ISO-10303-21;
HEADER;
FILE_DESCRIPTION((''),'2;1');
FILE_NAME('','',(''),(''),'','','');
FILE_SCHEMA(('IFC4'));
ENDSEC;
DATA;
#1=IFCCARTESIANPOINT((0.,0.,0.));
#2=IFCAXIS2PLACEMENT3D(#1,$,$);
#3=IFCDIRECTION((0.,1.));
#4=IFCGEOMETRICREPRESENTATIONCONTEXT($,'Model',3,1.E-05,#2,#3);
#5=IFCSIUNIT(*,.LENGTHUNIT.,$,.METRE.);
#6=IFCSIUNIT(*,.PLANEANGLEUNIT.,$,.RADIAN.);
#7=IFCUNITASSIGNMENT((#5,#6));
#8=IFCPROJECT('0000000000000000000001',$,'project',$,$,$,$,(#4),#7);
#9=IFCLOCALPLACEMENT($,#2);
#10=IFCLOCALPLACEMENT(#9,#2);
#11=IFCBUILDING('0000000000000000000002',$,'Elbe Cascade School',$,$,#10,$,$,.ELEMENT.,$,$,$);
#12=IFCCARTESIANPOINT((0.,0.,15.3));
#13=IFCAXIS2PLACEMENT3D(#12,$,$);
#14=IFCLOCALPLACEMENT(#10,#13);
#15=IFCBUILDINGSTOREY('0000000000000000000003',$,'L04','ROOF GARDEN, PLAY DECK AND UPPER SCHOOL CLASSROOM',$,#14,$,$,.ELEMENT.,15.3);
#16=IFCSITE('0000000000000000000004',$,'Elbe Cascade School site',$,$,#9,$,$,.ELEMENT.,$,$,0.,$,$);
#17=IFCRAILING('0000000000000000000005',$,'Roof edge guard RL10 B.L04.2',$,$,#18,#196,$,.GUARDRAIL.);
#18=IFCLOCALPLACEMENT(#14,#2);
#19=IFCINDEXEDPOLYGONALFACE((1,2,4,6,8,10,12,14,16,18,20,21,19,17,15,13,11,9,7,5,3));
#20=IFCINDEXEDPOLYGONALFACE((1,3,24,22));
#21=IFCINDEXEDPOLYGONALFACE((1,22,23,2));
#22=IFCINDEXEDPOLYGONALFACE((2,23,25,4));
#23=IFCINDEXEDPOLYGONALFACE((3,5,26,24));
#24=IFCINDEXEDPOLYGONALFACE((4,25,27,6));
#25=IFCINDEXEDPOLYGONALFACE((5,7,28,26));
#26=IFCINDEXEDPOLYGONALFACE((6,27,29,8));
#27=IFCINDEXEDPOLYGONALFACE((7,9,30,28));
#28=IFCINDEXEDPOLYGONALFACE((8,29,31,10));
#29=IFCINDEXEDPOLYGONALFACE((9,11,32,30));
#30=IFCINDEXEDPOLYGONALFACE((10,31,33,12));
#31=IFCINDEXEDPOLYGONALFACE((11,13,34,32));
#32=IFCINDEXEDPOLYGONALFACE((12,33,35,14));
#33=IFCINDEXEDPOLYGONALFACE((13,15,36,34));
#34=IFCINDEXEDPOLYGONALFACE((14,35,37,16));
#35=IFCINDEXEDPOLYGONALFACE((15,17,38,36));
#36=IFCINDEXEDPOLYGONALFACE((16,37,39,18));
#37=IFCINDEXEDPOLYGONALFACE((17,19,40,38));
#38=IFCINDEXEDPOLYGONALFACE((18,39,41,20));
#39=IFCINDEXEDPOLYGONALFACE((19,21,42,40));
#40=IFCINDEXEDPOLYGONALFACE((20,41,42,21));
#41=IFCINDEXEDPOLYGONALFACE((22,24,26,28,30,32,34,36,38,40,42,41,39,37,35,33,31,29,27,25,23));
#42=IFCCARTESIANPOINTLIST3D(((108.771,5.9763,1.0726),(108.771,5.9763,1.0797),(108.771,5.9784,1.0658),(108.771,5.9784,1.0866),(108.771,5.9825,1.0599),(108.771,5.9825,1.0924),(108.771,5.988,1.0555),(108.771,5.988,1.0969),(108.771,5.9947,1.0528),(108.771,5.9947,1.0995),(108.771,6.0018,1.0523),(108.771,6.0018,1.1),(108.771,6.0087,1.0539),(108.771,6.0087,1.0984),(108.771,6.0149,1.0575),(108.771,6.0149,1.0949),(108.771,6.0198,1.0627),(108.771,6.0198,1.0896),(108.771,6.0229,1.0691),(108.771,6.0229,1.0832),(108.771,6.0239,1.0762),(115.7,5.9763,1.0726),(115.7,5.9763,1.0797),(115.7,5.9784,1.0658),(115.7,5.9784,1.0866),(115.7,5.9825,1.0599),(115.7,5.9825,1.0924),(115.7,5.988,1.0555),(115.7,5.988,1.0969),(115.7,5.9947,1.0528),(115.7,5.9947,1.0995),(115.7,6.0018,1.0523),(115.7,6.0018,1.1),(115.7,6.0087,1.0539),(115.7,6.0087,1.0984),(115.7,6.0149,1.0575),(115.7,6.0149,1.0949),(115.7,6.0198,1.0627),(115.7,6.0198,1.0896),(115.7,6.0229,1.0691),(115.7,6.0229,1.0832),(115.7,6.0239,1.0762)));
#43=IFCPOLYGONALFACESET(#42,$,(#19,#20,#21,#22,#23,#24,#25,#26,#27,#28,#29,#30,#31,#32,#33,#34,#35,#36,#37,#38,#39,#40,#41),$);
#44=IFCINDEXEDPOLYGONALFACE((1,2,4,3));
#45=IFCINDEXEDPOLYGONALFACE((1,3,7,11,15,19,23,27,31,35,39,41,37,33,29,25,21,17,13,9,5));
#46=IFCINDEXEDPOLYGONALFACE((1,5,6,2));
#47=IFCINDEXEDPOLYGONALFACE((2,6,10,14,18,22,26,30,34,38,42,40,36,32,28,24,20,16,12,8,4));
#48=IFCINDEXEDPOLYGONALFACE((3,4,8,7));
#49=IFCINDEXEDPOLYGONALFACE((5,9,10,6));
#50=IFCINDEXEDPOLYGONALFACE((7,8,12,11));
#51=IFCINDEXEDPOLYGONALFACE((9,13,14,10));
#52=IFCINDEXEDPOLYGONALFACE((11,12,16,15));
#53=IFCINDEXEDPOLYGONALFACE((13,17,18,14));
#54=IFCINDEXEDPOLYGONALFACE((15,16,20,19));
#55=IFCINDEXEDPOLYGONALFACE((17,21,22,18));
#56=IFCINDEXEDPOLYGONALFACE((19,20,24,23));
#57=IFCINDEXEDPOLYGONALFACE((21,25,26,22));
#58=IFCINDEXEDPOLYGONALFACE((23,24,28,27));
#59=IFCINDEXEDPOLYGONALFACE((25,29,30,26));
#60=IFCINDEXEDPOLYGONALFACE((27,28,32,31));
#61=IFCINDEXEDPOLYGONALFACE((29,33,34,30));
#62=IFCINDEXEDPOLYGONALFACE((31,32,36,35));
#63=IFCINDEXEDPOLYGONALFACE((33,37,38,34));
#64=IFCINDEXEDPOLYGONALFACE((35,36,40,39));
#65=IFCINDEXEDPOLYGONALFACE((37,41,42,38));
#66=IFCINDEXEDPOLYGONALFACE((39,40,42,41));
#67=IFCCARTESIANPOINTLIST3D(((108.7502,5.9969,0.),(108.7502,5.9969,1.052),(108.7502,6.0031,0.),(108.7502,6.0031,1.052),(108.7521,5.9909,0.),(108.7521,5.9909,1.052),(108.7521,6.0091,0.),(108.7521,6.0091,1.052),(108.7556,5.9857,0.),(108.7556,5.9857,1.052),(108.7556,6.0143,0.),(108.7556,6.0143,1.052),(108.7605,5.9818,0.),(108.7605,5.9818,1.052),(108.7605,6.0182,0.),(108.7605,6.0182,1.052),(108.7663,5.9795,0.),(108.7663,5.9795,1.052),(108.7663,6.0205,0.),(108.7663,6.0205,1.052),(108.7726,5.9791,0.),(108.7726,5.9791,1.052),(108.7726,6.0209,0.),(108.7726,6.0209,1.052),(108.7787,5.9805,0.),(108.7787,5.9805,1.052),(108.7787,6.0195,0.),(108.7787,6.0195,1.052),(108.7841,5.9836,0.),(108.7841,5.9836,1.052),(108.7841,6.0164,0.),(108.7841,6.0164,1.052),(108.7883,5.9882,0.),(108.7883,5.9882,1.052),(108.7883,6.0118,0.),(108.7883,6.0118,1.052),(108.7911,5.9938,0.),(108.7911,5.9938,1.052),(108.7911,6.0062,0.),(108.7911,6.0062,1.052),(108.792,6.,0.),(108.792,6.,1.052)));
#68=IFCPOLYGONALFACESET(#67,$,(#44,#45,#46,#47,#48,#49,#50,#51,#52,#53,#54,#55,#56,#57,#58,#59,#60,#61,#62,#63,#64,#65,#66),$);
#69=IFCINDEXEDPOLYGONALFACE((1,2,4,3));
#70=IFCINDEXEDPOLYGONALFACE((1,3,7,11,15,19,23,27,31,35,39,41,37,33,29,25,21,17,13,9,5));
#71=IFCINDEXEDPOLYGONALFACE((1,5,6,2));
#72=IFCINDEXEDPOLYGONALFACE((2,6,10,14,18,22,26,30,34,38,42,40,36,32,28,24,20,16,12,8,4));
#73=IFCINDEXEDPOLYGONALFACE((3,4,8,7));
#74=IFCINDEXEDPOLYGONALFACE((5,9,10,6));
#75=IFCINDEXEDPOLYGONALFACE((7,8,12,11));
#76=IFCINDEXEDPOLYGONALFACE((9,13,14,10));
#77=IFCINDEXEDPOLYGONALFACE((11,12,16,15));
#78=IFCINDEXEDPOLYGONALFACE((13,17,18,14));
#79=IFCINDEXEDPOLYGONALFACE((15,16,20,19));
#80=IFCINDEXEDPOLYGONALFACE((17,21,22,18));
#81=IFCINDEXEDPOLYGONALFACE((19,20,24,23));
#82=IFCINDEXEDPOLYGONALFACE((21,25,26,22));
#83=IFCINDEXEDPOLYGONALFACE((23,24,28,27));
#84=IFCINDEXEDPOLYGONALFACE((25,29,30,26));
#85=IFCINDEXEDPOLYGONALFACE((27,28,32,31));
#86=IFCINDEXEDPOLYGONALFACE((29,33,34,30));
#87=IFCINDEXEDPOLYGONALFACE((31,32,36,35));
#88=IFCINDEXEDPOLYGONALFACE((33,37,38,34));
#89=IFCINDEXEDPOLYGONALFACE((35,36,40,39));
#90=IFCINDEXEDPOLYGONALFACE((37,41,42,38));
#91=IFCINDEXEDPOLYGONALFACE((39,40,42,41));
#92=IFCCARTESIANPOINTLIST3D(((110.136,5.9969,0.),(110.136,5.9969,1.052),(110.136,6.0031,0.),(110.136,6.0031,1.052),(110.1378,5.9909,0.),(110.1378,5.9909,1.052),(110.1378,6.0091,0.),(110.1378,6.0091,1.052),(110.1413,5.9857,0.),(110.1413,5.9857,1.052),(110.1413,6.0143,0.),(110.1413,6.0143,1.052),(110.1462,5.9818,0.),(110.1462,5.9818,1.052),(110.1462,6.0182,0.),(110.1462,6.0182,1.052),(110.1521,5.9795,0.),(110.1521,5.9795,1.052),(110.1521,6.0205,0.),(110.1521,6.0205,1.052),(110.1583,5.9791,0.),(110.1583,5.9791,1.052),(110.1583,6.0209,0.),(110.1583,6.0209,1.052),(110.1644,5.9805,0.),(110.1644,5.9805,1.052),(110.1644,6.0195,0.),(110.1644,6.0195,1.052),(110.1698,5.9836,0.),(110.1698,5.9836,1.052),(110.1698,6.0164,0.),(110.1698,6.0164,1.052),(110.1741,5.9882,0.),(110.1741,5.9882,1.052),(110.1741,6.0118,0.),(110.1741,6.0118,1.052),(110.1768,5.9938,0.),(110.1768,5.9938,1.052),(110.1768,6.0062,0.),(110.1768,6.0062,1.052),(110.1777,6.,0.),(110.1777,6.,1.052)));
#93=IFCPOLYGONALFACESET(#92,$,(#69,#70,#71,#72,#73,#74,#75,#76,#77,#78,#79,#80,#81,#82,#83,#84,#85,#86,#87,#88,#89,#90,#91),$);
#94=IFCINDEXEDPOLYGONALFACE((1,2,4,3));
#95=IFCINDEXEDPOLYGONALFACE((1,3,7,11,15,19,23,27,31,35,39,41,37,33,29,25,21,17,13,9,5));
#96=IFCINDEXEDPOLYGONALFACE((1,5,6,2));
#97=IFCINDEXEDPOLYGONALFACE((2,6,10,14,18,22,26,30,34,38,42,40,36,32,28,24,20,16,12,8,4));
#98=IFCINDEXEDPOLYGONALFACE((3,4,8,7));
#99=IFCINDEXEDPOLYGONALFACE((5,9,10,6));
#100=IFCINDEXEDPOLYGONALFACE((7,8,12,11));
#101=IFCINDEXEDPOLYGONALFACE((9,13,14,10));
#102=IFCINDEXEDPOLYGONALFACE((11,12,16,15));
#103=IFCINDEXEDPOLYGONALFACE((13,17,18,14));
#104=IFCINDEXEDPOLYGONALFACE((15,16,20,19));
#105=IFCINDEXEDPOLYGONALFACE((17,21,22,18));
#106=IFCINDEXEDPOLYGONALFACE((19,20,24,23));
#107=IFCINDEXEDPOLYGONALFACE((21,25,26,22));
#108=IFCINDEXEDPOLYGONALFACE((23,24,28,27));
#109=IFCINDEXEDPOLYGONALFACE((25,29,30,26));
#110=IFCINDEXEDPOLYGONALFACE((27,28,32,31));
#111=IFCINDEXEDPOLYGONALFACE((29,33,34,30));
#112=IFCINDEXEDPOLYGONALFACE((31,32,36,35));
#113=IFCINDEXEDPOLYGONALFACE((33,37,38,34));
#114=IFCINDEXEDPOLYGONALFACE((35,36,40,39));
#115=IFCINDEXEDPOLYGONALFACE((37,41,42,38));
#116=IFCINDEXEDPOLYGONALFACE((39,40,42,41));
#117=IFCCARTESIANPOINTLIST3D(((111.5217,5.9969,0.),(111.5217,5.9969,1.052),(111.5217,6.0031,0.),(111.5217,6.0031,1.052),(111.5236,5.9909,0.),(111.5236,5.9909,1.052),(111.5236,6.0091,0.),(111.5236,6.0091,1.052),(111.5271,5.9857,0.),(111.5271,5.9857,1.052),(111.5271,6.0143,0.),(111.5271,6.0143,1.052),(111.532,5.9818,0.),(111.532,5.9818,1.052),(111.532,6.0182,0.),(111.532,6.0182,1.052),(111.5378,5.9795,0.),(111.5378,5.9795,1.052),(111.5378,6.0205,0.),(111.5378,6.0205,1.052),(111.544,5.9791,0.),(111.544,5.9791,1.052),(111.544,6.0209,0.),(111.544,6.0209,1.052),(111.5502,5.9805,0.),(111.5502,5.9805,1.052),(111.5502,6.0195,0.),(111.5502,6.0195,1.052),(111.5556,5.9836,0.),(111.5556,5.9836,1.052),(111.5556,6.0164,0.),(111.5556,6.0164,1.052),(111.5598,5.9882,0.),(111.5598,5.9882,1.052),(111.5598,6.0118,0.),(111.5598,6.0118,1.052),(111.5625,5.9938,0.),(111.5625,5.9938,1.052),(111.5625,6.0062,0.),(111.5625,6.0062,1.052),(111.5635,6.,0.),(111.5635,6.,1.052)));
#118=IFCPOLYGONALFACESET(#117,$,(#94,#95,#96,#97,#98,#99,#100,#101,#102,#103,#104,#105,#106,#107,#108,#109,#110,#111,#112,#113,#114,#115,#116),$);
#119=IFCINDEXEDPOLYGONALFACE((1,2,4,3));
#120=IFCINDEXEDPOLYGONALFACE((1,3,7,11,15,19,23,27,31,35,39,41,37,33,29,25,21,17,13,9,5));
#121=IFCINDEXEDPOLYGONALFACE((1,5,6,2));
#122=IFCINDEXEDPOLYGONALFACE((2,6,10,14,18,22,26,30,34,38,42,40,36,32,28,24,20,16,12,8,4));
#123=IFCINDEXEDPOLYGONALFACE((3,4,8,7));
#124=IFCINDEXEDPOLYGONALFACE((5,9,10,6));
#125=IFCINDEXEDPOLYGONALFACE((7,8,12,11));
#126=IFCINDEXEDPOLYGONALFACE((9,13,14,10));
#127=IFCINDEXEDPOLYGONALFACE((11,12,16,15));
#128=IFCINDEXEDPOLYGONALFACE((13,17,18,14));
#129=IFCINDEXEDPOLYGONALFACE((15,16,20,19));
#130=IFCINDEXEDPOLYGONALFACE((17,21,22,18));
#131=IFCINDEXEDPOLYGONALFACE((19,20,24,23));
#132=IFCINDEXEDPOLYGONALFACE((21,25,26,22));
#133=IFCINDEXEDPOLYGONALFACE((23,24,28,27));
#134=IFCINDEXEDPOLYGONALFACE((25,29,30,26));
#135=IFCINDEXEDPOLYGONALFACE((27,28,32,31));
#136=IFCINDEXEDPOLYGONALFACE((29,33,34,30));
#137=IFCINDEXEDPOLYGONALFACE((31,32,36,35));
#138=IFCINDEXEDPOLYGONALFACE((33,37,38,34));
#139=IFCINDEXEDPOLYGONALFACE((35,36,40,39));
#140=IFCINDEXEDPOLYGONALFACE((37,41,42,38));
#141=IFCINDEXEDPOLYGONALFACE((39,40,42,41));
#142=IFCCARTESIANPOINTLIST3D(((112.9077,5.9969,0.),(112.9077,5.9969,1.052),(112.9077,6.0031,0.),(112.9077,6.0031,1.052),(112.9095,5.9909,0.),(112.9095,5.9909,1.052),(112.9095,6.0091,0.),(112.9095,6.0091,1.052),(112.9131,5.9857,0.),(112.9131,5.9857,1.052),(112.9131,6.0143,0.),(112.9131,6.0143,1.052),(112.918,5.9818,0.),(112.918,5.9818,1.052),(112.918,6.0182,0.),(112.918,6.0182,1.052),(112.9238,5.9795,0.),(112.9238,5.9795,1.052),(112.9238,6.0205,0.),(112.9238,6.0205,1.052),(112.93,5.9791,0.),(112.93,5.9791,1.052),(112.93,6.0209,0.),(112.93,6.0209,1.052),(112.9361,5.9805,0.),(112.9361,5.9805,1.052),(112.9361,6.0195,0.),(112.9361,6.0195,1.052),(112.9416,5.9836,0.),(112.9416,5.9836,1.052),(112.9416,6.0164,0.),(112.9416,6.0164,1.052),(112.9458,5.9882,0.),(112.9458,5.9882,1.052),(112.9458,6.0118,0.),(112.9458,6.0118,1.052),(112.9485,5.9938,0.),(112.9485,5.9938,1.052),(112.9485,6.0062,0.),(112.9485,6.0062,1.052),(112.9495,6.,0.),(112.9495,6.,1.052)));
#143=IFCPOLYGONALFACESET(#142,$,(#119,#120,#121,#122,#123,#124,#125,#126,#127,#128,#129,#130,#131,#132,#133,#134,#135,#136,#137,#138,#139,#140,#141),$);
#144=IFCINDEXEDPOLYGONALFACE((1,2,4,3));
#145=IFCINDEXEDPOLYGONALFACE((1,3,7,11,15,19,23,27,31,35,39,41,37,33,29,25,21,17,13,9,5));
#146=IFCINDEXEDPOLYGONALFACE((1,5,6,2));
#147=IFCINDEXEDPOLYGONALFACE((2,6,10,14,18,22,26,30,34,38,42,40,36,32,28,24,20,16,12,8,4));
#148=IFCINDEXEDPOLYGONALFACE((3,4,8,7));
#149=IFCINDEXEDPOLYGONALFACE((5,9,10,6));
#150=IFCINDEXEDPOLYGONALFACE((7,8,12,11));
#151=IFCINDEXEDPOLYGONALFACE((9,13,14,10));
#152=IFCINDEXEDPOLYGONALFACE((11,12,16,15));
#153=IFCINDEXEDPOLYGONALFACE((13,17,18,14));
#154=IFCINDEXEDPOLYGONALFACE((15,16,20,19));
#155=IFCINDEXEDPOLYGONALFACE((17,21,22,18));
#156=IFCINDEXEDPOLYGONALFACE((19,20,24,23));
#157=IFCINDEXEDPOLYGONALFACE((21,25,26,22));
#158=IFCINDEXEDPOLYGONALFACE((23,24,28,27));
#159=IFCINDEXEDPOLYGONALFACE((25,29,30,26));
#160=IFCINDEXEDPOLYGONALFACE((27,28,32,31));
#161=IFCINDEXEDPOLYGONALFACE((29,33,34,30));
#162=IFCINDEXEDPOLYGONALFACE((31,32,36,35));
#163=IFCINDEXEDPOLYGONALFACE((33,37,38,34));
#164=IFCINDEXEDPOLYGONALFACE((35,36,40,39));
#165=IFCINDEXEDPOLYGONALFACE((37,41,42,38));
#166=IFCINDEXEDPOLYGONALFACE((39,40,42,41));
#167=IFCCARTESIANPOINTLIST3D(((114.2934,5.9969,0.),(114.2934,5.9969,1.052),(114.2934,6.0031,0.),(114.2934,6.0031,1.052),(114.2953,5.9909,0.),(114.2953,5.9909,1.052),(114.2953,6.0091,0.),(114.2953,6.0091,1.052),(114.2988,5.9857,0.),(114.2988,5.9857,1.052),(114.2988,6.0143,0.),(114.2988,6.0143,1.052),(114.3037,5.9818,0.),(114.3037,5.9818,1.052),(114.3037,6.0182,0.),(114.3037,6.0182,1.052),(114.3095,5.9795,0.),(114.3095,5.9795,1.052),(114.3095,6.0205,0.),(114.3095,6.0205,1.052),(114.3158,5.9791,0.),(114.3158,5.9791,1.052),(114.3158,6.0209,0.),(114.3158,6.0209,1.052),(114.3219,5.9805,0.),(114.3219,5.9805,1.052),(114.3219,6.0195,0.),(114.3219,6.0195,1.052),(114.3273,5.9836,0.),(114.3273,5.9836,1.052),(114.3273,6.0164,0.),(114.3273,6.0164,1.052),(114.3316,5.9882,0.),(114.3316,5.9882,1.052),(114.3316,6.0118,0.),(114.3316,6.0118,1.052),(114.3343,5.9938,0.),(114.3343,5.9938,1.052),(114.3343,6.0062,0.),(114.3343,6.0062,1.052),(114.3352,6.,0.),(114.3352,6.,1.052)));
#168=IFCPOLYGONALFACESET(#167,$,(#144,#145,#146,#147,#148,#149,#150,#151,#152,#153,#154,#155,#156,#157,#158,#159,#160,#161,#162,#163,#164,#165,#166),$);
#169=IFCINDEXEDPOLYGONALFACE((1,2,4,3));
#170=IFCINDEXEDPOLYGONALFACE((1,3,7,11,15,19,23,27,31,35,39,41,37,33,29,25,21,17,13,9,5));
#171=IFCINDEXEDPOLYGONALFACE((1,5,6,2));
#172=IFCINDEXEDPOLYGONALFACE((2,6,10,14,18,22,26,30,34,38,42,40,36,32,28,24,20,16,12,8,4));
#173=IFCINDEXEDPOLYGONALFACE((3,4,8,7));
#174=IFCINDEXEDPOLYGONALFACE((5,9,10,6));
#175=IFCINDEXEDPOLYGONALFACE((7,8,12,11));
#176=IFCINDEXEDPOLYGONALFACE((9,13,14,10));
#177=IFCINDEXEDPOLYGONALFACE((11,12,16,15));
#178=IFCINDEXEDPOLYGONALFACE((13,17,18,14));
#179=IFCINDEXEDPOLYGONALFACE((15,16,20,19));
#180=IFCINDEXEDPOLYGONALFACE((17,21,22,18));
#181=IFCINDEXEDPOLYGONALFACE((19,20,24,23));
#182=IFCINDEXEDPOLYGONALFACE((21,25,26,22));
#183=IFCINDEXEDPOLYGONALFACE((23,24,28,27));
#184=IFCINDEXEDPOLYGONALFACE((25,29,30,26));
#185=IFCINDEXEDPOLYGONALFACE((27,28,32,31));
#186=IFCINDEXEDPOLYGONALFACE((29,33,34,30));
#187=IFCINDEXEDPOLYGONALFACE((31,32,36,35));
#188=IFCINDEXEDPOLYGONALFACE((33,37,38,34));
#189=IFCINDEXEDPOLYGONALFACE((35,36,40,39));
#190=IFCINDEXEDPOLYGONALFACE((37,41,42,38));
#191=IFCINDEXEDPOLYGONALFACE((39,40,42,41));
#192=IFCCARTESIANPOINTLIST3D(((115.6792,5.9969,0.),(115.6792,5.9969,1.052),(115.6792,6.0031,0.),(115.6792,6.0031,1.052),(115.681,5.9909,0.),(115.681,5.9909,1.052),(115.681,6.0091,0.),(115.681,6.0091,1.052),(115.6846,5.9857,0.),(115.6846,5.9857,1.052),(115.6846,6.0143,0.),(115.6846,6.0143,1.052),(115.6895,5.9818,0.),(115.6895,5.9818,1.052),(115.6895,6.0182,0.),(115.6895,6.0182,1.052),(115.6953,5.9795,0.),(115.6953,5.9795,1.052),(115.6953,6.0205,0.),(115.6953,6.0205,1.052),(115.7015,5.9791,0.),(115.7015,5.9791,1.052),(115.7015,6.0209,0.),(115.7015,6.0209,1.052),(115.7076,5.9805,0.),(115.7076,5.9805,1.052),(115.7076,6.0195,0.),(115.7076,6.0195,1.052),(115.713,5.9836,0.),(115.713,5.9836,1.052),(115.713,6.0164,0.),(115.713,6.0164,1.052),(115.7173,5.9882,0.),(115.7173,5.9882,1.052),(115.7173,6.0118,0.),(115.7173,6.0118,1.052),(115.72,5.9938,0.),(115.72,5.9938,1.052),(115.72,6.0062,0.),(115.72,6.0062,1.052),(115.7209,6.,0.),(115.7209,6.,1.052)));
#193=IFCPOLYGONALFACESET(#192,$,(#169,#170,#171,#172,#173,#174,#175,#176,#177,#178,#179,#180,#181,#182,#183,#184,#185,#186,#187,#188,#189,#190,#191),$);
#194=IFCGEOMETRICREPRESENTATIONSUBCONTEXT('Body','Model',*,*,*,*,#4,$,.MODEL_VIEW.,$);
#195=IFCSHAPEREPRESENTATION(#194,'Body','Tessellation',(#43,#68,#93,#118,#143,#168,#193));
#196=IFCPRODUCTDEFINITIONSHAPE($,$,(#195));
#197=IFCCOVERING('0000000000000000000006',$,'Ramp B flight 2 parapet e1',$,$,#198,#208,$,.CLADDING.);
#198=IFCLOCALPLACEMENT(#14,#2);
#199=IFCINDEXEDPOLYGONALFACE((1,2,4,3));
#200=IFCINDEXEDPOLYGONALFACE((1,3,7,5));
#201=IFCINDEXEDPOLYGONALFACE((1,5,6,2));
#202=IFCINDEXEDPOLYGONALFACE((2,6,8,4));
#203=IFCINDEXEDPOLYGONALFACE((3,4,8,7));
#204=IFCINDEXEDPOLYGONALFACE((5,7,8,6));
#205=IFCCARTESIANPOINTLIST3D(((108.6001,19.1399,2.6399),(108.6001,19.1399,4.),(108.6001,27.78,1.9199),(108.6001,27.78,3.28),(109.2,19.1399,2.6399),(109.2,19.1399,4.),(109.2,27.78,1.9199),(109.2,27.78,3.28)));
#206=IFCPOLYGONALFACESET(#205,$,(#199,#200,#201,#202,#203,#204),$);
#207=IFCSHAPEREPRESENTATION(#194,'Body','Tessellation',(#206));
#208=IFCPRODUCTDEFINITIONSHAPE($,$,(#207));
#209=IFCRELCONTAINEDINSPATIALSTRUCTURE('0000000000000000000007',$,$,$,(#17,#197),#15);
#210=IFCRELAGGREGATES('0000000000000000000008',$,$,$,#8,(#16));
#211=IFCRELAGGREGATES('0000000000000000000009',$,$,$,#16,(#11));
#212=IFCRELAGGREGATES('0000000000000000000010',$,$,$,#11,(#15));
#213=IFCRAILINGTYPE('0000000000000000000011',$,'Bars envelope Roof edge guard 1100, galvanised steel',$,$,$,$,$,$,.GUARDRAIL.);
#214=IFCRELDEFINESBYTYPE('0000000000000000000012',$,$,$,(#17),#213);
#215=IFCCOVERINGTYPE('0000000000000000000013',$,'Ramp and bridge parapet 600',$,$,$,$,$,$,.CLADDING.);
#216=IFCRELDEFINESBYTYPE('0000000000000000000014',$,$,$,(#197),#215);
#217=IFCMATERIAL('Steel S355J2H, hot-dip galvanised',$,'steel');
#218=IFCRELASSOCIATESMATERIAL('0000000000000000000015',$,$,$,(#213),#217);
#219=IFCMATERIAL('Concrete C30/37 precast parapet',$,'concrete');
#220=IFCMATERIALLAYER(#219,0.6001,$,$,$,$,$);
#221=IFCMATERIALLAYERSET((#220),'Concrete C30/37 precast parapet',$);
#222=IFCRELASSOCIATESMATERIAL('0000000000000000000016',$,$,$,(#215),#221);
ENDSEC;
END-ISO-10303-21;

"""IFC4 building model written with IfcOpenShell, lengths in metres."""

from ifc_helpers import new_model, si_unit, direction, frame, origin, origin_2d, place, context, subcontext, project, spatial, polyline, circle, outline, extrude, material, layer, layer_set, type_object, element, save


model = new_model("IFC4")

# Units and contexts
model_context = context("Model", 3, precision=1e-05, world=origin(), true_north=direction((0.0, 1.0)))
body_context = subcontext(model_context, "Body", "Model", "MODEL_VIEW")
ifc_project = project(units=[si_unit("LENGTHUNIT", "METRE"), si_unit("PLANEANGLEUNIT", "RADIAN")], contexts=[model_context])

# Site, building, storey
site_placement = place(None, origin())
site = spatial("IfcSite", under=ifc_project, at=site_placement, Name="Elbe Cascade School site", CompositionType="ELEMENT", RefElevation=0.0)
building_placement = place(site_placement, origin())
building = spatial("IfcBuilding", under=site, at=building_placement, Name="Elbe Cascade School", CompositionType="ELEMENT")
storey_placement = place(building_placement, frame((0.0, 0.0, 15.3)))
storey = spatial("IfcBuildingStorey", under=building, at=storey_placement, Name="L04", Description="ROOF GARDEN, PLAY DECK AND UPPER SCHOOL CLASSROOM", CompositionType="ELEMENT", Elevation=15.3)

# Railing
ifc_material_1 = material(Name="Steel S355J2H, hot-dip galvanised", Category="steel")
railing_type_1 = type_object("IfcRailingType", Name="Bars envelope Roof edge guard 1100, galvanised steel", PredefinedType="GUARDRAIL", material=ifc_material_1)
railing_1_placement = place(storey_placement, frame((108.771, 6.0, 0.0)))
element("IfcRailing", 1, at=railing_1_placement, inside=storey, type_object=railing_type_1, Name="Roof edge guard RL10 B.L04.2", PredefinedType="GUARDRAIL", context=body_context, shape_type="SweptSolid", body=[
    extrude(circle(Radius=0.0239, at=origin_2d()), frame((0.0, 0.0, 1.0762), z_axis=(1.0, 0.0, 0.0), x_axis=(0.0, 1.0, 0.0)), (0.0, 0.0, 1.0), 6.929),
    extrude(circle(Radius=0.021, at=origin_2d()), origin(), (0.0, 0.0, 1.0), 1.052),
    extrude(circle(Radius=0.021, at=origin_2d()), frame((1.3857, 0.0, 0.0)), (0.0, 0.0, 1.0), 1.052),
    extrude(circle(Radius=0.021, at=origin_2d()), frame((2.7715, 0.0, 0.0)), (0.0, 0.0, 1.0), 1.052),
    extrude(circle(Radius=0.021, at=origin_2d()), frame((4.1575, 0.0, 0.0)), (0.0, 0.0, 1.0), 1.052),
    extrude(circle(Radius=0.021, at=origin_2d()), frame((5.5432, 0.0, 0.0)), (0.0, 0.0, 1.0), 1.052),
    extrude(circle(Radius=0.021, at=origin_2d()), frame((6.929, 0.0, 0.0)), (0.0, 0.0, 1.0), 1.052),
])

# Covering
ifc_material_2 = material(Name="Concrete C30/37 precast parapet", Category="concrete")
ifc_layer_1 = layer(ifc_material_2, 0.6001)
ifc_layer_set_1 = layer_set([ifc_layer_1], Name="Concrete C30/37 precast parapet")
covering_type = type_object("IfcCoveringType", Name="Ramp and bridge parapet 600", PredefinedType="CLADDING", material=ifc_layer_set_1)
covering_placement = place(storey_placement, frame((108.6001, 19.1399, 4.0), z_axis=(0.0, 0.083041, 0.996546), x_axis=(0.0, 0.996546, -0.083041)))
element("IfcCovering", 2, at=covering_placement, inside=storey, type_object=covering_type, Name="Ramp B flight 2 parapet e1", PredefinedType="CLADDING", context=body_context, shape_type="SweptSolid", body=[
    extrude(outline(polyline([(0.0, 0.0), (8.6701, 0.0), (8.6701, -0.5999), (0.0, -0.5999), (0.0, 0.0)])), origin(), (0.083041, 0.0, -0.996546), 1.3601),
])

save(model, "model.ifc")
